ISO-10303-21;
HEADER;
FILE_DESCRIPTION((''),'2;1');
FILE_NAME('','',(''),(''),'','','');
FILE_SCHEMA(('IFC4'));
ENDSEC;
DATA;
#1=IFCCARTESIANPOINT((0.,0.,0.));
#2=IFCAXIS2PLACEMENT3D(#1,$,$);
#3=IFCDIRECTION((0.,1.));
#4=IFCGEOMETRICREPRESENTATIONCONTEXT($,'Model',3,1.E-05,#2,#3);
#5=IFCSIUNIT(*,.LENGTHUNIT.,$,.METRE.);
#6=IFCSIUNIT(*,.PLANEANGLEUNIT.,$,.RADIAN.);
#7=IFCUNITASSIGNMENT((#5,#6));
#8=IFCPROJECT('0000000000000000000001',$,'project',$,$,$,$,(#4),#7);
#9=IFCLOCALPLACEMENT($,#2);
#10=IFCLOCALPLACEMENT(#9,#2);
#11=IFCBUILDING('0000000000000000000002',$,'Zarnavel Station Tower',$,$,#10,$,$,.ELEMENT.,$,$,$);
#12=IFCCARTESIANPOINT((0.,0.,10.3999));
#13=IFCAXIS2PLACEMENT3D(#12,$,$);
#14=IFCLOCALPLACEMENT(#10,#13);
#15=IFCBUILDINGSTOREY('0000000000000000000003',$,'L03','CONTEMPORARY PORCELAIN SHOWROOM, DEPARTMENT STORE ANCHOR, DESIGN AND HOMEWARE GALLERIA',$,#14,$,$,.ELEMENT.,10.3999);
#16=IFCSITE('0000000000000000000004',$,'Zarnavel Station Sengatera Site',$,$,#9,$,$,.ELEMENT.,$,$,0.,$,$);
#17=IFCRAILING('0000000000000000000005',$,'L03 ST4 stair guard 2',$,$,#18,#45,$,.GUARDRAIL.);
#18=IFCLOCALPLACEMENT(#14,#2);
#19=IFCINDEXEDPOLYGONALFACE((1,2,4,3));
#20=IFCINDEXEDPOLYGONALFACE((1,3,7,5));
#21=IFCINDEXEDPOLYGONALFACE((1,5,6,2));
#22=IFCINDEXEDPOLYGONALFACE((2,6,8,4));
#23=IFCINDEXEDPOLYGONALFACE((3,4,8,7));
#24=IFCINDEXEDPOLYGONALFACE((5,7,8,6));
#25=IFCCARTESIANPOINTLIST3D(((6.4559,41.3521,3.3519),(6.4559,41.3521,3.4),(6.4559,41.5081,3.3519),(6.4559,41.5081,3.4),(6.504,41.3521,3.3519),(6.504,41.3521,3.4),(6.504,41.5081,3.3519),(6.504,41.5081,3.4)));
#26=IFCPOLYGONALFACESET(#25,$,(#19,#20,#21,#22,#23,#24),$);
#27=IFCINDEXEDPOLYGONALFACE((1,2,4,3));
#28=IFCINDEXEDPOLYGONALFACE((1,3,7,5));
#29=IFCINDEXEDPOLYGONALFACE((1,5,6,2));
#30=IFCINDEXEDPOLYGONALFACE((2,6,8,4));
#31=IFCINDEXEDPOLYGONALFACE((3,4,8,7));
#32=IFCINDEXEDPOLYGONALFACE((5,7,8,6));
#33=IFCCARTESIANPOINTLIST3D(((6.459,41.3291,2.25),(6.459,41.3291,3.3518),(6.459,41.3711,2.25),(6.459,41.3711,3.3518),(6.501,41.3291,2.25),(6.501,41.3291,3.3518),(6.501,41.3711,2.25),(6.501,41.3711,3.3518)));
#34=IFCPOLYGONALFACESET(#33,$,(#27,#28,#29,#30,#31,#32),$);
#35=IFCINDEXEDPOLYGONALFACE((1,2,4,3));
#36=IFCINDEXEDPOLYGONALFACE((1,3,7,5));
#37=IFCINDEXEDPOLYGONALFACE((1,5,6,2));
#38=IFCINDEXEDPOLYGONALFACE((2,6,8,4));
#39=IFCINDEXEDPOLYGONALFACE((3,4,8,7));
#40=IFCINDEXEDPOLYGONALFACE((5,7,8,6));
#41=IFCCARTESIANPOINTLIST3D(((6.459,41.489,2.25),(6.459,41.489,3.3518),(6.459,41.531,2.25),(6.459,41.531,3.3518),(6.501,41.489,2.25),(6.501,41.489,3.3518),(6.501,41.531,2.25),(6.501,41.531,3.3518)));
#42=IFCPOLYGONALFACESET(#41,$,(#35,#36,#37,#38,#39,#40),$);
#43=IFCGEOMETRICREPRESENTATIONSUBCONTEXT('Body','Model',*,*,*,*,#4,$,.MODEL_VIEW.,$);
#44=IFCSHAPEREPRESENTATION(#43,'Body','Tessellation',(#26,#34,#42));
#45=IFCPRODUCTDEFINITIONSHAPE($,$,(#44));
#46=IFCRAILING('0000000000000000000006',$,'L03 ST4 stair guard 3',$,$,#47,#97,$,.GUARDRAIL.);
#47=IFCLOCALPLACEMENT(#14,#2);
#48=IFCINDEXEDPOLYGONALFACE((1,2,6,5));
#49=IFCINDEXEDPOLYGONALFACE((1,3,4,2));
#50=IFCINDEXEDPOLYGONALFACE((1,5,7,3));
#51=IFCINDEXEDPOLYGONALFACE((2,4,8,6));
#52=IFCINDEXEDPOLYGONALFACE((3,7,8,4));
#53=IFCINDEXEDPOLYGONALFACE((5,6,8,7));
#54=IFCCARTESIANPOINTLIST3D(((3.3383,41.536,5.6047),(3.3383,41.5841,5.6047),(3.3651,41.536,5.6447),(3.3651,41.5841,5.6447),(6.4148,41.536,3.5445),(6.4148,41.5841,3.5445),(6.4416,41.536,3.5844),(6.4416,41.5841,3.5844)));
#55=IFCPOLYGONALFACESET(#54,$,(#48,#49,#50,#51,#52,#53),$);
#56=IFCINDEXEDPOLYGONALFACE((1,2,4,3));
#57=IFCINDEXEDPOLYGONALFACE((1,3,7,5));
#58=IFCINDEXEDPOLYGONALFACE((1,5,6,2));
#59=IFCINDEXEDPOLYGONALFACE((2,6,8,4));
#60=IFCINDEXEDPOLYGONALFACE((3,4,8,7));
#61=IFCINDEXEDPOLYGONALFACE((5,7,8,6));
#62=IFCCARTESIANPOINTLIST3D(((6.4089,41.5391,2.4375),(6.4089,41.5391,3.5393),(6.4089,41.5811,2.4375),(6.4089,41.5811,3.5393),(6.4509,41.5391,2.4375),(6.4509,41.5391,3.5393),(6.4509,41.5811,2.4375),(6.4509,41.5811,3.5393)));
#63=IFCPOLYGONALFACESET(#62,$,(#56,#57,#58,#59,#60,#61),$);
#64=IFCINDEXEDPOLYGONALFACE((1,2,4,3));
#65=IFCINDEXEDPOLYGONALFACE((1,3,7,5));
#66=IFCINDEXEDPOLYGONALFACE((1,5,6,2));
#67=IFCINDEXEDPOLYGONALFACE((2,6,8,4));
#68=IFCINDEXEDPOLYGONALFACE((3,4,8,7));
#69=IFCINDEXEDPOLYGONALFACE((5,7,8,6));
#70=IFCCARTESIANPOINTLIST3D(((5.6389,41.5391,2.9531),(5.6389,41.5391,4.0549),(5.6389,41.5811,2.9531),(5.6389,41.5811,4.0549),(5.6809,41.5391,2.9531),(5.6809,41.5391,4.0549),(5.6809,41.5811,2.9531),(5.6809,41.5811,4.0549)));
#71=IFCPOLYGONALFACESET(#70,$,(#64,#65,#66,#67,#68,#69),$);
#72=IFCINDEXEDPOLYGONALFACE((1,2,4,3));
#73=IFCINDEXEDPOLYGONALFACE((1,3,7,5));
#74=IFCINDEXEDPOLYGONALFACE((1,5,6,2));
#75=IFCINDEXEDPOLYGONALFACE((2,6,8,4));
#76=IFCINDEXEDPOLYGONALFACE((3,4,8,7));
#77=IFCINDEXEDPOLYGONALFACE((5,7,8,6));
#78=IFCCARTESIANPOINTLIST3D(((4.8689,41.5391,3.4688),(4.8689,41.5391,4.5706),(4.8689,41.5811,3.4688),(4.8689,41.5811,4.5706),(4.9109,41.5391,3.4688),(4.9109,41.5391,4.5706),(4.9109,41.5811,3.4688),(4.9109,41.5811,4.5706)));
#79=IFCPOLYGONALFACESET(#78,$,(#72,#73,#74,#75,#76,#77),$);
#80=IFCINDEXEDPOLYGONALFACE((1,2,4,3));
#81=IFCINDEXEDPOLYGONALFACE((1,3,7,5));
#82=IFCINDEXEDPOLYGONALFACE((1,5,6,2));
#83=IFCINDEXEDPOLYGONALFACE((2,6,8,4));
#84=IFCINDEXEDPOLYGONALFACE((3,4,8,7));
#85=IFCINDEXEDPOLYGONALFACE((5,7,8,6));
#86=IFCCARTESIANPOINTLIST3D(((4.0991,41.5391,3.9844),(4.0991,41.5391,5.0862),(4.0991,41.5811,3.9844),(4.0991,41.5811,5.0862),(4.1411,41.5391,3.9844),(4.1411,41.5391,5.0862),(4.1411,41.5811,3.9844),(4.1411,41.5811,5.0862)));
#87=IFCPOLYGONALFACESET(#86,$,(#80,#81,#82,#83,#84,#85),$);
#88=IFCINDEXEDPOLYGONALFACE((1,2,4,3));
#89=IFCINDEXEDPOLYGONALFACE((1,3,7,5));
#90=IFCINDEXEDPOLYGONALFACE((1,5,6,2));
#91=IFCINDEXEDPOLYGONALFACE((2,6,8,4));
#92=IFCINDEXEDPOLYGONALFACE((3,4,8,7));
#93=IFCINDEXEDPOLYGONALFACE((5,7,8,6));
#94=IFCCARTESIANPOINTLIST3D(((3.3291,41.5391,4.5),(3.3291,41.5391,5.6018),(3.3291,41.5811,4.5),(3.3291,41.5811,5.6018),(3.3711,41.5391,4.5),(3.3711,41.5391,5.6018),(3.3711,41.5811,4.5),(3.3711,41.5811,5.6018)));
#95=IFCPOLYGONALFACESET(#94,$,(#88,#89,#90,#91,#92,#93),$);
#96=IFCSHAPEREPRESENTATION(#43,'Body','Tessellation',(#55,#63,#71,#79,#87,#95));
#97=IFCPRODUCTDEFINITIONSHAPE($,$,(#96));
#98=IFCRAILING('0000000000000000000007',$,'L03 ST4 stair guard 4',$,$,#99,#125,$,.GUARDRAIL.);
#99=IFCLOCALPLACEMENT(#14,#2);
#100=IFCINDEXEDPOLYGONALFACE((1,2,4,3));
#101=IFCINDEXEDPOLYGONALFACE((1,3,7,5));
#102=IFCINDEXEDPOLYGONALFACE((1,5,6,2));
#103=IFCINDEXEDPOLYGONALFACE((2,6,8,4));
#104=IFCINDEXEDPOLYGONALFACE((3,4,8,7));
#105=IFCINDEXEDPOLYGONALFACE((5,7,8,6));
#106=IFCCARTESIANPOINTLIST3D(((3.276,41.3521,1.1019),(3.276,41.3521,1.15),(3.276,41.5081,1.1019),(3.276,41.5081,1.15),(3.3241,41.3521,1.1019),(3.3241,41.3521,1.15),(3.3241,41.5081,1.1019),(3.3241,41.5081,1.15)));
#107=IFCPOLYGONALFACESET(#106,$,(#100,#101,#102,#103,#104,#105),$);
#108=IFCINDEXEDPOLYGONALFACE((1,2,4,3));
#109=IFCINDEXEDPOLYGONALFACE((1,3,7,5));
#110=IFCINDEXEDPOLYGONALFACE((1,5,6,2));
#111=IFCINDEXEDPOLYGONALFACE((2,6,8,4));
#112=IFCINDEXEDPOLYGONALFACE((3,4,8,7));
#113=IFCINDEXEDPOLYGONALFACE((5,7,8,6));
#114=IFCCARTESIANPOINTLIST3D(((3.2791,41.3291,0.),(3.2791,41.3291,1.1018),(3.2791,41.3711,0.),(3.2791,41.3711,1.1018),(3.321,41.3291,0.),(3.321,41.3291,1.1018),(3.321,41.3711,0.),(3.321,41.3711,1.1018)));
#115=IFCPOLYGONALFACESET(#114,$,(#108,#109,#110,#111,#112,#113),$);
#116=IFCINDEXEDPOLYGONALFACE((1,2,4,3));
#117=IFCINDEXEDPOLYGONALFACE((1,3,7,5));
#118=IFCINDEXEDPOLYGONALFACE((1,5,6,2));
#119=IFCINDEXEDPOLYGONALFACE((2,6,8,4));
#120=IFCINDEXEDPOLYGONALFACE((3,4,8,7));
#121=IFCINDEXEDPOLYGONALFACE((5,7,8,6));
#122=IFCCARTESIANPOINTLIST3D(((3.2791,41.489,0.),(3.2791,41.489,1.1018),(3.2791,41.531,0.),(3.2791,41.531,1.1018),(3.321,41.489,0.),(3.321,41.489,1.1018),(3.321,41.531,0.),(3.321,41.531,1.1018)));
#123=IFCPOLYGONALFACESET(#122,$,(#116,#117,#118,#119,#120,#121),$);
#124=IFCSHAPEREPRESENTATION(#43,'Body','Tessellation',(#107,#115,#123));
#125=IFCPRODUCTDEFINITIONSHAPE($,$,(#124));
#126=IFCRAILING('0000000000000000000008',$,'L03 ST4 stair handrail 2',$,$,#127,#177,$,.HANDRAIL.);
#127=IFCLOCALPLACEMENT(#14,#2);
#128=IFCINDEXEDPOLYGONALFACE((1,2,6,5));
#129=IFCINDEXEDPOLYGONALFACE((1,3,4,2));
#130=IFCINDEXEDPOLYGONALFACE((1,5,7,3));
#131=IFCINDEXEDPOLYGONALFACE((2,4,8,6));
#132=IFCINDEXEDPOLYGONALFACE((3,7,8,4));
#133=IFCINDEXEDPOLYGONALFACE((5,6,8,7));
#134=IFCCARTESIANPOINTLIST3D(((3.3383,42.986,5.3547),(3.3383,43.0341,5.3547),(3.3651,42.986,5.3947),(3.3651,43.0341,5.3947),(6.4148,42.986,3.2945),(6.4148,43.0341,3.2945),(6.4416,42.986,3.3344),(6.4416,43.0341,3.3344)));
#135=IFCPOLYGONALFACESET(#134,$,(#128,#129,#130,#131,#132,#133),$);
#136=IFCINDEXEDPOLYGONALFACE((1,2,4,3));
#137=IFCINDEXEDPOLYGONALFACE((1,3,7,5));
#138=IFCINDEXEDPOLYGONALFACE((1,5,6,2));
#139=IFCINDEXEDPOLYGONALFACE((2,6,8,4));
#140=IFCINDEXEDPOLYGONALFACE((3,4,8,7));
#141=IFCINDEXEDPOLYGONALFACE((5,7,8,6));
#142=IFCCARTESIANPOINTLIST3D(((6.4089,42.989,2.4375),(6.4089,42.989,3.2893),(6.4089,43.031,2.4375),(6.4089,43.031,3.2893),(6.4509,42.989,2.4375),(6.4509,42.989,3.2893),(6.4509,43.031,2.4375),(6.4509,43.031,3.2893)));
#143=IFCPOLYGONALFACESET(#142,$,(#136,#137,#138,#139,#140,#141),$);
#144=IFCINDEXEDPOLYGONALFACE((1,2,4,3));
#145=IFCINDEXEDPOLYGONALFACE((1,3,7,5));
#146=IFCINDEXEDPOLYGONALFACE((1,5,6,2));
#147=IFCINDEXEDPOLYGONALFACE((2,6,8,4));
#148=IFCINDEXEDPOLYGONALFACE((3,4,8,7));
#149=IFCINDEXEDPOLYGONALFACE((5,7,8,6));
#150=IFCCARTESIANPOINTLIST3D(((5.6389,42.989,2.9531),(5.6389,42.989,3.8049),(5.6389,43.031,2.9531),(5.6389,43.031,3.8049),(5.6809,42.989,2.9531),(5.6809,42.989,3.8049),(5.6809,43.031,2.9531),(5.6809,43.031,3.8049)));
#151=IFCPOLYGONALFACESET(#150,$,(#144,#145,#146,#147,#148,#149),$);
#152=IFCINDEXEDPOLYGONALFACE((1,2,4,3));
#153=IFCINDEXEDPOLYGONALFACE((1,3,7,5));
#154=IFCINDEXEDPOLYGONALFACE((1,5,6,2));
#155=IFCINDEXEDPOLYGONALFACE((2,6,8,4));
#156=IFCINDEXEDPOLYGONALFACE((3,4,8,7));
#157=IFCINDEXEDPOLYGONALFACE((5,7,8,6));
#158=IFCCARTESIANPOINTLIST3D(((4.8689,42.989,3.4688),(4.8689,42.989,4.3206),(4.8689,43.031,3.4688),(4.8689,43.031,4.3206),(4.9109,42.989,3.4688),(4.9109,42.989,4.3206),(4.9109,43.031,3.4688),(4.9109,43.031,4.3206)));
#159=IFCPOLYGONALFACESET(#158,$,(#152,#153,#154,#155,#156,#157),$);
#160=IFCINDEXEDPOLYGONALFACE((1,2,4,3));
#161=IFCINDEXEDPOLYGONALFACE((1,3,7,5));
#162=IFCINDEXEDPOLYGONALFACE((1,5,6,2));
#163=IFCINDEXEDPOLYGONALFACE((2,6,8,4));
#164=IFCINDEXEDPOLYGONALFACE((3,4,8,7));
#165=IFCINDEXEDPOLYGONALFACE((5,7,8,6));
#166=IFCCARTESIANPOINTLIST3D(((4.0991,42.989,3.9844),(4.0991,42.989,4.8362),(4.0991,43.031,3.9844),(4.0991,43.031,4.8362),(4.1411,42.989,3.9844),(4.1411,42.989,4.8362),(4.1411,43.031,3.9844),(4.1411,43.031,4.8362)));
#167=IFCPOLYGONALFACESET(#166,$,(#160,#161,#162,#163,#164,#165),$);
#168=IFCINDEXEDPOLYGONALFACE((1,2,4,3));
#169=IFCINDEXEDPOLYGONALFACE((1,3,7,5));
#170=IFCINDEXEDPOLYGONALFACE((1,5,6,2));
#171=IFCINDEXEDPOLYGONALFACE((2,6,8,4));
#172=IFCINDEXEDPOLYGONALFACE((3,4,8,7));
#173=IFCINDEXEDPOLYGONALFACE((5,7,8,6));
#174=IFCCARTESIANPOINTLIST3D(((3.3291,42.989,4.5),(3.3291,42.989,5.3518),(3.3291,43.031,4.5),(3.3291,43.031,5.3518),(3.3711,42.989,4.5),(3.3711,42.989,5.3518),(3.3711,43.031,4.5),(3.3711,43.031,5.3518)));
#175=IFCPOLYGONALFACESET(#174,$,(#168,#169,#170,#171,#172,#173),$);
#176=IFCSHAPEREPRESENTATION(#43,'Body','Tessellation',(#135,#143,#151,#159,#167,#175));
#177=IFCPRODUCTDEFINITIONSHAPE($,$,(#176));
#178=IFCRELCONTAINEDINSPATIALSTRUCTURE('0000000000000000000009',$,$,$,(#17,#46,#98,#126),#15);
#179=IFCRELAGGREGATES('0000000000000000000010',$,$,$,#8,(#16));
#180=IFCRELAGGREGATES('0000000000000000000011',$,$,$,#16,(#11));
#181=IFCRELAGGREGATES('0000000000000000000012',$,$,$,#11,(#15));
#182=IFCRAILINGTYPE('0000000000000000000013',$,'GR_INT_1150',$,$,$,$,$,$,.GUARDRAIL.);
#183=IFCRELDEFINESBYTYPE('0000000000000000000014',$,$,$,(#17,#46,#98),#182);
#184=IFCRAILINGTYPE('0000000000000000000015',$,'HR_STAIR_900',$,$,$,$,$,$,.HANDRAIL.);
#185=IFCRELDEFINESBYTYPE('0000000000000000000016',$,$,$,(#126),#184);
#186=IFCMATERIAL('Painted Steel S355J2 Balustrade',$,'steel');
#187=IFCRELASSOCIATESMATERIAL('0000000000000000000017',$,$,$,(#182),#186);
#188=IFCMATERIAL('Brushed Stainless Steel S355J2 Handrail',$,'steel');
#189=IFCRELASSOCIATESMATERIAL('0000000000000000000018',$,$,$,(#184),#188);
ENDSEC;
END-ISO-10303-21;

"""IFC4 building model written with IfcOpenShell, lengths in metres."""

from ifc_helpers import new_model, si_unit, direction, frame, origin, origin_2d, place, context, subcontext, project, spatial, rectangle, extrude, material, type_object, element, save


model = new_model("IFC4")

# Units and contexts
model_context = context("Model", 3, precision=1e-05, world=origin(), true_north=direction((0.0, 1.0)))
body_context = subcontext(model_context, "Body", "Model", "MODEL_VIEW")
ifc_project = project(units=[si_unit("LENGTHUNIT", "METRE"), si_unit("PLANEANGLEUNIT", "RADIAN")], contexts=[model_context])

# Site, building, storey
site_placement = place(None, origin())
site = spatial("IfcSite", under=ifc_project, at=site_placement, Name="Zarnavel Station Sengatera Site", CompositionType="ELEMENT", RefElevation=0.0)
building_placement = place(site_placement, origin())
building = spatial("IfcBuilding", under=site, at=building_placement, Name="Zarnavel Station Tower", CompositionType="ELEMENT")
storey_placement = place(building_placement, frame((0.0, 0.0, 10.3999)))
storey = spatial("IfcBuildingStorey", under=building, at=storey_placement, Name="L03", Description="CONTEMPORARY PORCELAIN SHOWROOM, DEPARTMENT STORE ANCHOR, DESIGN AND HOMEWARE GALLERIA", CompositionType="ELEMENT", Elevation=10.3999)

# Railings
ifc_material_1 = material(Name="Painted Steel S355J2 Balustrade", Category="steel")
railing_type_1 = type_object("IfcRailingType", Name="GR_INT_1150", PredefinedType="GUARDRAIL", material=ifc_material_1)
railing_1_placement = place(storey_placement, frame((6.48, 41.3501, 2.25)))
element("IfcRailing", 1, at=railing_1_placement, inside=storey, type_object=railing_type_1, Name="L03 ST4 stair guard 2", PredefinedType="GUARDRAIL", context=body_context, shape_type="SweptSolid", body=[
    extrude(rectangle(XDim=0.0481, YDim=0.0481, at=origin_2d()), frame((0.0, 0.002, 1.126), z_axis=(0.0, 1.0, 0.0), x_axis=(-1.0, 0.0, 0.0)), (0.0, 0.0, 1.0), 0.156),
    extrude(rectangle(XDim=0.042, YDim=0.042, at=origin_2d()), origin(), (0.0, 0.0, 1.0), 1.1018),
    extrude(rectangle(XDim=0.042, YDim=0.042, at=origin_2d()), frame((0.0, 0.1599, 0.0)), (0.0, 0.0, 1.0), 1.1018),
])
railing_2_placement = place(storey_placement, frame((6.4299, 41.5601, 2.4375)))
element("IfcRailing", 2, at=railing_2_placement, inside=storey, type_object=railing_type_1, Name="L03 ST4 stair guard 3", PredefinedType="GUARDRAIL", context=body_context, shape_type="SweptSolid", body=[
    extrude(rectangle(XDim=0.0481, YDim=0.0481, at=origin_2d()), frame((-0.0017, 0.0, 1.127), z_axis=(-0.830893, 0.0, 0.556432), x_axis=(0.0, -1.0, 0.0)), (0.0, 0.0, 1.0), 3.7026),
    extrude(rectangle(XDim=0.042, YDim=0.042, at=origin_2d()), origin(), (0.0, 0.0, 1.0), 1.1018),
    extrude(rectangle(XDim=0.042, YDim=0.042, at=origin_2d()), frame((-0.77, 0.0, 0.5156)), (0.0, 0.0, 1.0), 1.1018),
    extrude(rectangle(XDim=0.042, YDim=0.042, at=origin_2d()), frame((-1.54, 0.0, 1.0312)), (0.0, 0.0, 1.0), 1.1018),
    extrude(rectangle(XDim=0.042, YDim=0.042, at=origin_2d()), frame((-2.3098, 0.0, 1.5469)), (0.0, 0.0, 1.0), 1.1018),
    extrude(rectangle(XDim=0.042, YDim=0.042, at=origin_2d()), frame((-3.0798, 0.0, 2.0625)), (0.0, 0.0, 1.0), 1.1018),
])
railing_3_placement = place(storey_placement, frame((3.3, 41.3501, 0.0)))
element("IfcRailing", 3, at=railing_3_placement, inside=storey, type_object=railing_type_1, Name="L03 ST4 stair guard 4", PredefinedType="GUARDRAIL", context=body_context, shape_type="SweptSolid", body=[
    extrude(rectangle(XDim=0.0481, YDim=0.0481, at=origin_2d()), frame((0.0, 0.002, 1.126), z_axis=(0.0, 1.0, 0.0), x_axis=(-1.0, 0.0, 0.0)), (0.0, 0.0, 1.0), 0.156),
    extrude(rectangle(XDim=0.042, YDim=0.042, at=origin_2d()), origin(), (0.0, 0.0, 1.0), 1.1018),
    extrude(rectangle(XDim=0.042, YDim=0.042, at=origin_2d()), frame((0.0, 0.1599, 0.0)), (0.0, 0.0, 1.0), 1.1018),
])
ifc_material_2 = material(Name="Brushed Stainless Steel S355J2 Handrail", Category="steel")
railing_type_2 = type_object("IfcRailingType", Name="HR_STAIR_900", PredefinedType="HANDRAIL", material=ifc_material_2)
railing_4_placement = place(storey_placement, frame((6.4299, 43.01, 2.4375)))
element("IfcRailing", 4, at=railing_4_placement, inside=storey, type_object=railing_type_2, Name="L03 ST4 stair handrail 2", PredefinedType="HANDRAIL", context=body_context, shape_type="SweptSolid", body=[
    extrude(rectangle(XDim=0.0481, YDim=0.0481, at=origin_2d()), frame((-0.0017, 0.0, 0.877), z_axis=(-0.830893, 0.0, 0.556432), x_axis=(0.0, -1.0, 0.0)), (0.0, 0.0, 1.0), 3.7026),
    extrude(rectangle(XDim=0.042, YDim=0.042, at=origin_2d()), origin(), (0.0, 0.0, 1.0), 0.8518),
    extrude(rectangle(XDim=0.042, YDim=0.042, at=origin_2d()), frame((-0.77, 0.0, 0.5156)), (0.0, 0.0, 1.0), 0.8518),
    extrude(rectangle(XDim=0.042, YDim=0.042, at=origin_2d()), frame((-1.54, 0.0, 1.0312)), (0.0, 0.0, 1.0), 0.8518),
    extrude(rectangle(XDim=0.042, YDim=0.042, at=origin_2d()), frame((-2.3098, 0.0, 1.5469)), (0.0, 0.0, 1.0), 0.8518),
    extrude(rectangle(XDim=0.042, YDim=0.042, at=origin_2d()), frame((-3.0798, 0.0, 2.0625)), (0.0, 0.0, 1.0), 0.8518),
])

save(model, "model.ifc")
